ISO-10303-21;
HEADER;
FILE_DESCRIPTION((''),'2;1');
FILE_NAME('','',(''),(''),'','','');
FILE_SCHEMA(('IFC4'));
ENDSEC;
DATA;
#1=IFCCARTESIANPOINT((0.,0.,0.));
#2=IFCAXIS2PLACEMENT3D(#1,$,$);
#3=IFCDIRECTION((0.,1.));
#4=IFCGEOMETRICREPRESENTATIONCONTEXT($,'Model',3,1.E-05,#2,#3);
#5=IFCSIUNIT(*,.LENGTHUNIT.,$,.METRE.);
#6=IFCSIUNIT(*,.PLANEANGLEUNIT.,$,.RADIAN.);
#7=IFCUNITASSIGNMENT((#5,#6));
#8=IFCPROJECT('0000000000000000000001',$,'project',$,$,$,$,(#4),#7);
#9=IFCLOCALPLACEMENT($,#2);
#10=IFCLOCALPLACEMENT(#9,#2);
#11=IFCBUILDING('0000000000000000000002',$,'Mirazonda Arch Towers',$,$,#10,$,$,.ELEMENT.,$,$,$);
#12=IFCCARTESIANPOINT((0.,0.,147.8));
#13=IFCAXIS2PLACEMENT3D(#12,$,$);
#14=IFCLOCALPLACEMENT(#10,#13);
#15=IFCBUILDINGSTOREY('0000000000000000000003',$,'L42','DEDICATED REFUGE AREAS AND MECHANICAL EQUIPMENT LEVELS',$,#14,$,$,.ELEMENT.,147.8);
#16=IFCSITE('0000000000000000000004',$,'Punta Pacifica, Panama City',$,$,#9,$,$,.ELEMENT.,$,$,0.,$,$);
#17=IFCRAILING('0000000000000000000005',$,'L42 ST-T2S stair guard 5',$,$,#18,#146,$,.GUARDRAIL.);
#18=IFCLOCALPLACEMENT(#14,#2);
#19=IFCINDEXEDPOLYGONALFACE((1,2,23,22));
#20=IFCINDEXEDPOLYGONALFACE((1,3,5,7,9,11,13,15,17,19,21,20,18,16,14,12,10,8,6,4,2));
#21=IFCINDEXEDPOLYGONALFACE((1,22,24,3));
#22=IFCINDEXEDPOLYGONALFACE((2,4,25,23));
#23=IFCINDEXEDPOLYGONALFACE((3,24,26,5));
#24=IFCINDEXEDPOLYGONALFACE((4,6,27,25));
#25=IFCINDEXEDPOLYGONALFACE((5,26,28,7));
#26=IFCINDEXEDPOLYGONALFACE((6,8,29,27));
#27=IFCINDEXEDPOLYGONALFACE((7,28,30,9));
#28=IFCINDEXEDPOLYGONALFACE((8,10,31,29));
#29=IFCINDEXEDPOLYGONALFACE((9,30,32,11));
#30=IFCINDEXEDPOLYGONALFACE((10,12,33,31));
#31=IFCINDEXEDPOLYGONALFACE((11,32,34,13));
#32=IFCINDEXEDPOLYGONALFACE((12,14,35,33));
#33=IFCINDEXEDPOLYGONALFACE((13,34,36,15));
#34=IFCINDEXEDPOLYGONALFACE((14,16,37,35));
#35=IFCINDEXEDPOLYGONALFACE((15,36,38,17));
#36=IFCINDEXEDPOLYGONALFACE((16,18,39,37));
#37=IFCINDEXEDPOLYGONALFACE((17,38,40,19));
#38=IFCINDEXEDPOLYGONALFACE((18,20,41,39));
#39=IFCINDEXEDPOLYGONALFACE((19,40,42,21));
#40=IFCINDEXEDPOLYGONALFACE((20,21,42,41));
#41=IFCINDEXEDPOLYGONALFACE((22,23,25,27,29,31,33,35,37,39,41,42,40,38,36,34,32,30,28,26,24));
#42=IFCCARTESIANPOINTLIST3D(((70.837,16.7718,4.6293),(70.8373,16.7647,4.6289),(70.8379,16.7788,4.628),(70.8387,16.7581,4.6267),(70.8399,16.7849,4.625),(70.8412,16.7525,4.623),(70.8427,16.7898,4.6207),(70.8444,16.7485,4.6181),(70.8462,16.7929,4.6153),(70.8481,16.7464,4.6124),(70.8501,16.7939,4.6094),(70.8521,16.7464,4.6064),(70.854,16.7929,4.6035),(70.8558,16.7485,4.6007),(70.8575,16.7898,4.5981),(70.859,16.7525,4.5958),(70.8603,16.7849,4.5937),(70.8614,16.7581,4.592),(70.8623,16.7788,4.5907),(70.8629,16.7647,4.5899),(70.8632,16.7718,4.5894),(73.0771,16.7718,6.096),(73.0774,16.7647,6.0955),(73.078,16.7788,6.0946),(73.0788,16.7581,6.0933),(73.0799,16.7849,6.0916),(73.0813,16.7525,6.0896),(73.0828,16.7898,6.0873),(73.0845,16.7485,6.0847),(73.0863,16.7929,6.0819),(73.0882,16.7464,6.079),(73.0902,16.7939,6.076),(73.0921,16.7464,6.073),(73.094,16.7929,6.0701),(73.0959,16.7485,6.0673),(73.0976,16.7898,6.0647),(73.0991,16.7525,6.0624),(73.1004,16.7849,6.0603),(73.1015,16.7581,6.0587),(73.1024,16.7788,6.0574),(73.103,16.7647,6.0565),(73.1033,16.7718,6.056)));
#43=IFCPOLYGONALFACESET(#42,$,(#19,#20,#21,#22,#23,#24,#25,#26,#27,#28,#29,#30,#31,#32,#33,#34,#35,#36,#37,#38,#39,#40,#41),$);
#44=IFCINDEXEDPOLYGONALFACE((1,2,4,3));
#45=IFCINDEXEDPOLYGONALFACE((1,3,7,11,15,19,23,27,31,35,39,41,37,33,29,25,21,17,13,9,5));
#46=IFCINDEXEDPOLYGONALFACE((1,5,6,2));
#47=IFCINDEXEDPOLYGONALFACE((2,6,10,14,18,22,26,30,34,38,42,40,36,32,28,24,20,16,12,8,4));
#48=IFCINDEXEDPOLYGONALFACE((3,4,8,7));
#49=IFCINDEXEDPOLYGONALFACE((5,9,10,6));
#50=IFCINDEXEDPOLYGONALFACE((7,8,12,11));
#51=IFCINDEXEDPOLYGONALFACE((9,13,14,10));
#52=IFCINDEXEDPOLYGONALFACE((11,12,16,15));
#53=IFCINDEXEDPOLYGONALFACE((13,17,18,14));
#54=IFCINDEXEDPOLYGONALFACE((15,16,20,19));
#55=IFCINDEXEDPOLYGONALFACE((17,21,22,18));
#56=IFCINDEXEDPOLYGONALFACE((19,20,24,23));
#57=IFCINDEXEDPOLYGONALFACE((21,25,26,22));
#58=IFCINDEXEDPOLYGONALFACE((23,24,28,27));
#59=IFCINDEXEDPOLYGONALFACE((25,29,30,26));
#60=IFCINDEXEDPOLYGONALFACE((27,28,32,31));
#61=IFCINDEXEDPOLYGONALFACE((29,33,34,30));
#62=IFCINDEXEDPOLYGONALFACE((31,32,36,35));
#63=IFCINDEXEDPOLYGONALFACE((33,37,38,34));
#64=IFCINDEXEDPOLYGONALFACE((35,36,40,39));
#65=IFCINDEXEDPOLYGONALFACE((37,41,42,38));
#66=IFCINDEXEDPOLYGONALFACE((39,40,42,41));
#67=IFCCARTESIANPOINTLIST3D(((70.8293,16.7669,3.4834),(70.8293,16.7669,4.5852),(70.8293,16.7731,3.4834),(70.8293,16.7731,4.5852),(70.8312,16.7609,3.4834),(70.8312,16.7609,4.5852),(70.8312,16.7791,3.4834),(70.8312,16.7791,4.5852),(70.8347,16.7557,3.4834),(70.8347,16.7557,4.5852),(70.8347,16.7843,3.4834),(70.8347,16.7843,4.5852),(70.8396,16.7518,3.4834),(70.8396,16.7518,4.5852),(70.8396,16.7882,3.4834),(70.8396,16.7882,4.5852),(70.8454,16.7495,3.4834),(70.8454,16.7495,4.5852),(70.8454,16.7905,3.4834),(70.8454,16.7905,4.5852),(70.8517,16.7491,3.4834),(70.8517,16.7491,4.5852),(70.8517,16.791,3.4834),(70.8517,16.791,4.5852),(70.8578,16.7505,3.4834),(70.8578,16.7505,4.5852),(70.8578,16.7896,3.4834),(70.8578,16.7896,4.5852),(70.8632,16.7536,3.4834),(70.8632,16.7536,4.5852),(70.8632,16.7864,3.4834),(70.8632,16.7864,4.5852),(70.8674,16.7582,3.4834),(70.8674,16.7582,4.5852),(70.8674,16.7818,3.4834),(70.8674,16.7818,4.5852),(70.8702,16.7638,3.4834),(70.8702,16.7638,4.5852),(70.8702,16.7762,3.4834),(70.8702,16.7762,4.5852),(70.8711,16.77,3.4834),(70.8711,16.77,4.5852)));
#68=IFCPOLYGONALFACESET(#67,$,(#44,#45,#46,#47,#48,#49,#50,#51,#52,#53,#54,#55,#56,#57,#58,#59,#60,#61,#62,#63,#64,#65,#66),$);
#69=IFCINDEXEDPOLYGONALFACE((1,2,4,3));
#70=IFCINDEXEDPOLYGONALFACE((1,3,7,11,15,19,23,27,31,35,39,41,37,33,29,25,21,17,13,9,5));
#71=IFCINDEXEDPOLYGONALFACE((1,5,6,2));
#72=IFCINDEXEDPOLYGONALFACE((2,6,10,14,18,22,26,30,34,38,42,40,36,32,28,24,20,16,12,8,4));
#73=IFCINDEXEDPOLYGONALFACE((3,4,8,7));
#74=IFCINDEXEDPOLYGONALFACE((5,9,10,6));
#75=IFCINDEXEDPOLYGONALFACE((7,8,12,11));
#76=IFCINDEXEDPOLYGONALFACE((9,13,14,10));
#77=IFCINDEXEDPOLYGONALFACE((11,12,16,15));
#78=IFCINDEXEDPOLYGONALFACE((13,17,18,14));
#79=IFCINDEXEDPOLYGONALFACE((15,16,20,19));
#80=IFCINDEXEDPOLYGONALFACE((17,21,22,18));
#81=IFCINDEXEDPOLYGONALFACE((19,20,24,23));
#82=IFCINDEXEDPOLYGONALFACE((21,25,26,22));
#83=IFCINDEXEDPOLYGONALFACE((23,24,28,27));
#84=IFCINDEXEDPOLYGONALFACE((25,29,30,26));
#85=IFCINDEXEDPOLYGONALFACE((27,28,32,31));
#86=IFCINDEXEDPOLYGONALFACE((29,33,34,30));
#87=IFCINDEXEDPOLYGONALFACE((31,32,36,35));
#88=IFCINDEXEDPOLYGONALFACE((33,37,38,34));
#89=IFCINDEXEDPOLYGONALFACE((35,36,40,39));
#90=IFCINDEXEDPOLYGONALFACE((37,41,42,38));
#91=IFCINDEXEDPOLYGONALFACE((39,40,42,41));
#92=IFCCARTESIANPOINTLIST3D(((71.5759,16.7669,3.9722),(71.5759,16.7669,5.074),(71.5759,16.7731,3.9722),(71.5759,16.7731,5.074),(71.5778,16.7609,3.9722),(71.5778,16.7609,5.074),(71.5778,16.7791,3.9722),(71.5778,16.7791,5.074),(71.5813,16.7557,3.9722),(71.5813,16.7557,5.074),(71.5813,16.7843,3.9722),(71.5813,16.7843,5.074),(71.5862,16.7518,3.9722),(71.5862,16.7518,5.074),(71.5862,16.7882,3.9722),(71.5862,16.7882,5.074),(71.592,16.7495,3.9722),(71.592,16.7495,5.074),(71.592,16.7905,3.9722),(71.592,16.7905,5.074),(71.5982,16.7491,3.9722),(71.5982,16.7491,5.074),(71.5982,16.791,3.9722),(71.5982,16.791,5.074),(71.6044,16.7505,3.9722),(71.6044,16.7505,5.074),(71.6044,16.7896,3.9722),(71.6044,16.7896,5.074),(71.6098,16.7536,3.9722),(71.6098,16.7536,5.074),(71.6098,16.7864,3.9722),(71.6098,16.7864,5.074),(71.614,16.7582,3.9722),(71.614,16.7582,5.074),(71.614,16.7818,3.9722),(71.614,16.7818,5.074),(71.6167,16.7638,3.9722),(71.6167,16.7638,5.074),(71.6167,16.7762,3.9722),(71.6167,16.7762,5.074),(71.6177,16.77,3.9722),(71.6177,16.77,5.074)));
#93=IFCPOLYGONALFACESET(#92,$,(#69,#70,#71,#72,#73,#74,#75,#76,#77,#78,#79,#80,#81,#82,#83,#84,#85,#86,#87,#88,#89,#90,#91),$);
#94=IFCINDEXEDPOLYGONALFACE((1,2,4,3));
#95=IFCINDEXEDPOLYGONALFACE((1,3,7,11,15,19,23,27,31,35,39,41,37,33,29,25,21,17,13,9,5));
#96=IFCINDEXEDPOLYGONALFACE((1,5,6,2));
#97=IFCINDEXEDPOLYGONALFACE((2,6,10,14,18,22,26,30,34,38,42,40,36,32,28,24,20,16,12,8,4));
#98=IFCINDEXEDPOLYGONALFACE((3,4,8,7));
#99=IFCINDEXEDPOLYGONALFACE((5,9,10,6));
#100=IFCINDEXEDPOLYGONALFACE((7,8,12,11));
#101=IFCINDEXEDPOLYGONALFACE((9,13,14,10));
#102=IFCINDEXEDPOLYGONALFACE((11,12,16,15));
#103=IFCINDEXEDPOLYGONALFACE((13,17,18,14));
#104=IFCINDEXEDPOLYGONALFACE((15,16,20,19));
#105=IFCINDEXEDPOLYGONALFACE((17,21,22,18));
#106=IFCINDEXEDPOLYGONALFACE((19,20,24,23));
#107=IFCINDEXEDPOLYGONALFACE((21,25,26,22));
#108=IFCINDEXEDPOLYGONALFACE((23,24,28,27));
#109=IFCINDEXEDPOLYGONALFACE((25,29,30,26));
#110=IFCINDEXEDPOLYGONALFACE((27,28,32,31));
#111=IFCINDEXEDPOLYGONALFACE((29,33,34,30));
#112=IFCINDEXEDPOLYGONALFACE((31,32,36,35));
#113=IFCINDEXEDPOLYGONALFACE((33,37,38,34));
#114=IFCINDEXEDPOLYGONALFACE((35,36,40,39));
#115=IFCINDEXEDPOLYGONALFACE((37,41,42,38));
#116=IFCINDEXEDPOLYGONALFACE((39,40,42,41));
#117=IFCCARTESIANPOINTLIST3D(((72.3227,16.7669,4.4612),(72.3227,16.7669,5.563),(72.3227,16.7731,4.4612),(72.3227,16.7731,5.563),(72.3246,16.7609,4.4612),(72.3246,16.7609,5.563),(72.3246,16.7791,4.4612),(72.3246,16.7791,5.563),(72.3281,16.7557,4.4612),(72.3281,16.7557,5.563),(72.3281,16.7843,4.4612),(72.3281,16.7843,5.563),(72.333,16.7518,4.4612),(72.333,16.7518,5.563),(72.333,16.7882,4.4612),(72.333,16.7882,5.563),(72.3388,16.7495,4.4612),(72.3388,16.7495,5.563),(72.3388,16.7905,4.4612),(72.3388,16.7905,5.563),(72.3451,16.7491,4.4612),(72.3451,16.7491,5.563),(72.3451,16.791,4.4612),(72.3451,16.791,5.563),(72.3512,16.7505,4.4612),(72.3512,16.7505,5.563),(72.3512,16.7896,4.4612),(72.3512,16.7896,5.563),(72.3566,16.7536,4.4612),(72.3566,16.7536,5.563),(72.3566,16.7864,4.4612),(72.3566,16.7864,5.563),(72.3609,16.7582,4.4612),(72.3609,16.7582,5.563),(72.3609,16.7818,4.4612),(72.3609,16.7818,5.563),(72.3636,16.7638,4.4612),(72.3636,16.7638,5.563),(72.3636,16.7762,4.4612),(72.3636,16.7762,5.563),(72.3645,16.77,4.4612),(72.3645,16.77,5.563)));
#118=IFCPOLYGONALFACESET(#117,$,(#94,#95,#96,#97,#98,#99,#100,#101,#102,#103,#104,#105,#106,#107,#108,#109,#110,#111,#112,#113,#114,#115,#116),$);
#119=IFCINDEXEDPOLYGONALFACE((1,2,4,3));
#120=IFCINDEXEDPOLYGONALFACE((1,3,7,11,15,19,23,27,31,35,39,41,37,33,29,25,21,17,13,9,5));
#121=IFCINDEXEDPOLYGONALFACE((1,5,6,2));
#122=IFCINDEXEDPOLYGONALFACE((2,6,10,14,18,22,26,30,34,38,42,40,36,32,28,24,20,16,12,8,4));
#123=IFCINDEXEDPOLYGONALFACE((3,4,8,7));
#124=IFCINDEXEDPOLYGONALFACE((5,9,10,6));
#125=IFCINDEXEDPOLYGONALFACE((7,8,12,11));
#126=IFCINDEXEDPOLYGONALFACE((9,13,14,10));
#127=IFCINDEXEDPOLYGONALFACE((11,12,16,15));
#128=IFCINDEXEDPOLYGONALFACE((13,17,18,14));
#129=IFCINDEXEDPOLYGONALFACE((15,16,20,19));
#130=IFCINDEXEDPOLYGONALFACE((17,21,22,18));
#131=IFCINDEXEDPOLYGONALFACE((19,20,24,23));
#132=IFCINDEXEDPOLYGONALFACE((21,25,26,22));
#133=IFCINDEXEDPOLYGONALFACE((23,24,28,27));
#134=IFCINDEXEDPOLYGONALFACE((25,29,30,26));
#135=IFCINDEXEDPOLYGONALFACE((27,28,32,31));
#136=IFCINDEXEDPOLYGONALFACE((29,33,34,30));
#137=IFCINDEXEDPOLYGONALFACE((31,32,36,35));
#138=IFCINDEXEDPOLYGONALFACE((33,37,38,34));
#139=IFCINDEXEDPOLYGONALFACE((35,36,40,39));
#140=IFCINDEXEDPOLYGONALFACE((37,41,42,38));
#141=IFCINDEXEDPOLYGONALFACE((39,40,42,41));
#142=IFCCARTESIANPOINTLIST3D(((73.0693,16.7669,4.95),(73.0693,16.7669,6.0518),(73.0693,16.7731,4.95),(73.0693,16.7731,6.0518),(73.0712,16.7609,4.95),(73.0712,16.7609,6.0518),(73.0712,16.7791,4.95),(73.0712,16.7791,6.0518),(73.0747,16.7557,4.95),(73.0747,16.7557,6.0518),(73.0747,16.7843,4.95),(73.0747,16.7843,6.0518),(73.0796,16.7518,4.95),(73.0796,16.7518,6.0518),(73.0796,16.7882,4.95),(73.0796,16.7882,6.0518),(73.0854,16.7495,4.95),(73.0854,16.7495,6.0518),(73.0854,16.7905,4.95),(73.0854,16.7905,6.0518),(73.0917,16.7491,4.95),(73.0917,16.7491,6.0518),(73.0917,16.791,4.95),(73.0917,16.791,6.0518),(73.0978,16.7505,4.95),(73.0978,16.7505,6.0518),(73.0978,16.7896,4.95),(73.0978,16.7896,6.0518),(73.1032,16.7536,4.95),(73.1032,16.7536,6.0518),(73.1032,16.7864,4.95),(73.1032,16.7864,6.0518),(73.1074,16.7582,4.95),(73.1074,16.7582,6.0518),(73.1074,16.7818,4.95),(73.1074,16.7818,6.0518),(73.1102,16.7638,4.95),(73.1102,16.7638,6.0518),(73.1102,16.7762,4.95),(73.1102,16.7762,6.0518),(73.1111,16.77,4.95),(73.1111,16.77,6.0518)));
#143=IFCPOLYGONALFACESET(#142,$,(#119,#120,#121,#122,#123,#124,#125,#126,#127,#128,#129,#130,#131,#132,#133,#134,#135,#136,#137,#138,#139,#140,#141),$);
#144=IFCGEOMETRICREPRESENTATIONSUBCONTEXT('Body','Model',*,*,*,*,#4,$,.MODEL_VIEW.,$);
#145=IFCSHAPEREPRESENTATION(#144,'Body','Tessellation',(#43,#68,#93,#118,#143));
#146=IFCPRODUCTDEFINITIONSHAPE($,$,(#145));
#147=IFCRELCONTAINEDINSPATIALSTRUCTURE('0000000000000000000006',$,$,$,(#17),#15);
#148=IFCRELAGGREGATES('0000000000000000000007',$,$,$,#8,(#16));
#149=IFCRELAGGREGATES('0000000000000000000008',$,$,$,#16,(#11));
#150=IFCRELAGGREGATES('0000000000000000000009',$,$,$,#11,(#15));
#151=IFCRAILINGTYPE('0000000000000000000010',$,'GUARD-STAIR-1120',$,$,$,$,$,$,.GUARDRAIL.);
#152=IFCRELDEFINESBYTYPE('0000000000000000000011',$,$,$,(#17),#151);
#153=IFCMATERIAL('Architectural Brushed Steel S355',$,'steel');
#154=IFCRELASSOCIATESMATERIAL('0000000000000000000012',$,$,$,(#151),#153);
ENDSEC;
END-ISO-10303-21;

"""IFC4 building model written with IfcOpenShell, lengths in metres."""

from ifc_helpers import new_model, si_unit, direction, frame, origin, origin_2d, place, context, subcontext, project, spatial, circle, extrude, material, type_object, element, save


model = new_model("IFC4")

# Units and contexts
model_context = context("Model", 3, precision=1e-05, world=origin(), true_north=direction((0.0, 1.0)))
body_context = subcontext(model_context, "Body", "Model", "MODEL_VIEW")
ifc_project = project(units=[si_unit("LENGTHUNIT", "METRE"), si_unit("PLANEANGLEUNIT", "RADIAN")], contexts=[model_context])

# Site, building, storey
site_placement = place(None, origin())
site = spatial("IfcSite", under=ifc_project, at=site_placement, Name="Punta Pacifica, Panama City", CompositionType="ELEMENT", RefElevation=0.0)
building_placement = place(site_placement, origin())
building = spatial("IfcBuilding", under=site, at=building_placement, Name="Mirazonda Arch Towers", CompositionType="ELEMENT")
storey_placement = place(building_placement, frame((0.0, 0.0, 147.8)))
storey = spatial("IfcBuildingStorey", under=building, at=storey_placement, Name="L42", Description="DEDICATED REFUGE AREAS AND MECHANICAL EQUIPMENT LEVELS", CompositionType="ELEMENT", Elevation=147.8)

# Shared definitions
ifc_material_1 = material(Name="Architectural Brushed Steel S355", Category="steel")

# Railing
railing_type_1 = type_object("IfcRailingType", Name="GUARD-STAIR-1120", PredefinedType="GUARDRAIL", material=ifc_material_1)
railing_1_placement = place(storey_placement, frame((70.8501, 16.77, 3.4834)))
element("IfcRailing", 1, at=railing_1_placement, inside=storey, type_object=railing_type_1, Name="L42 ST-T2S stair guard 5", PredefinedType="GUARDRAIL", context=body_context, shape_type="SweptSolid", body=[
    extrude(circle(Radius=0.0239, at=origin_2d()), frame((0.0, 0.0, 1.126), z_axis=(0.836637, 0.0, 0.547758), x_axis=(0.0, 1.0, 0.0)), (0.0, 0.0, 1.0), 2.6775),
    extrude(circle(Radius=0.021, at=origin_2d()), origin(), (0.0, 0.0, 1.0), 1.1018),
    extrude(circle(Radius=0.021, at=origin_2d()), frame((0.7466, 0.0, 0.4888)), (0.0, 0.0, 1.0), 1.1018),
    extrude(circle(Radius=0.021, at=origin_2d()), frame((1.4934, 0.0, 0.9778)), (0.0, 0.0, 1.0), 1.1018),
    extrude(circle(Radius=0.021, at=origin_2d()), frame((2.24, 0.0, 1.4666)), (0.0, 0.0, 1.0), 1.1018),
])

save(model, "model.ifc")
